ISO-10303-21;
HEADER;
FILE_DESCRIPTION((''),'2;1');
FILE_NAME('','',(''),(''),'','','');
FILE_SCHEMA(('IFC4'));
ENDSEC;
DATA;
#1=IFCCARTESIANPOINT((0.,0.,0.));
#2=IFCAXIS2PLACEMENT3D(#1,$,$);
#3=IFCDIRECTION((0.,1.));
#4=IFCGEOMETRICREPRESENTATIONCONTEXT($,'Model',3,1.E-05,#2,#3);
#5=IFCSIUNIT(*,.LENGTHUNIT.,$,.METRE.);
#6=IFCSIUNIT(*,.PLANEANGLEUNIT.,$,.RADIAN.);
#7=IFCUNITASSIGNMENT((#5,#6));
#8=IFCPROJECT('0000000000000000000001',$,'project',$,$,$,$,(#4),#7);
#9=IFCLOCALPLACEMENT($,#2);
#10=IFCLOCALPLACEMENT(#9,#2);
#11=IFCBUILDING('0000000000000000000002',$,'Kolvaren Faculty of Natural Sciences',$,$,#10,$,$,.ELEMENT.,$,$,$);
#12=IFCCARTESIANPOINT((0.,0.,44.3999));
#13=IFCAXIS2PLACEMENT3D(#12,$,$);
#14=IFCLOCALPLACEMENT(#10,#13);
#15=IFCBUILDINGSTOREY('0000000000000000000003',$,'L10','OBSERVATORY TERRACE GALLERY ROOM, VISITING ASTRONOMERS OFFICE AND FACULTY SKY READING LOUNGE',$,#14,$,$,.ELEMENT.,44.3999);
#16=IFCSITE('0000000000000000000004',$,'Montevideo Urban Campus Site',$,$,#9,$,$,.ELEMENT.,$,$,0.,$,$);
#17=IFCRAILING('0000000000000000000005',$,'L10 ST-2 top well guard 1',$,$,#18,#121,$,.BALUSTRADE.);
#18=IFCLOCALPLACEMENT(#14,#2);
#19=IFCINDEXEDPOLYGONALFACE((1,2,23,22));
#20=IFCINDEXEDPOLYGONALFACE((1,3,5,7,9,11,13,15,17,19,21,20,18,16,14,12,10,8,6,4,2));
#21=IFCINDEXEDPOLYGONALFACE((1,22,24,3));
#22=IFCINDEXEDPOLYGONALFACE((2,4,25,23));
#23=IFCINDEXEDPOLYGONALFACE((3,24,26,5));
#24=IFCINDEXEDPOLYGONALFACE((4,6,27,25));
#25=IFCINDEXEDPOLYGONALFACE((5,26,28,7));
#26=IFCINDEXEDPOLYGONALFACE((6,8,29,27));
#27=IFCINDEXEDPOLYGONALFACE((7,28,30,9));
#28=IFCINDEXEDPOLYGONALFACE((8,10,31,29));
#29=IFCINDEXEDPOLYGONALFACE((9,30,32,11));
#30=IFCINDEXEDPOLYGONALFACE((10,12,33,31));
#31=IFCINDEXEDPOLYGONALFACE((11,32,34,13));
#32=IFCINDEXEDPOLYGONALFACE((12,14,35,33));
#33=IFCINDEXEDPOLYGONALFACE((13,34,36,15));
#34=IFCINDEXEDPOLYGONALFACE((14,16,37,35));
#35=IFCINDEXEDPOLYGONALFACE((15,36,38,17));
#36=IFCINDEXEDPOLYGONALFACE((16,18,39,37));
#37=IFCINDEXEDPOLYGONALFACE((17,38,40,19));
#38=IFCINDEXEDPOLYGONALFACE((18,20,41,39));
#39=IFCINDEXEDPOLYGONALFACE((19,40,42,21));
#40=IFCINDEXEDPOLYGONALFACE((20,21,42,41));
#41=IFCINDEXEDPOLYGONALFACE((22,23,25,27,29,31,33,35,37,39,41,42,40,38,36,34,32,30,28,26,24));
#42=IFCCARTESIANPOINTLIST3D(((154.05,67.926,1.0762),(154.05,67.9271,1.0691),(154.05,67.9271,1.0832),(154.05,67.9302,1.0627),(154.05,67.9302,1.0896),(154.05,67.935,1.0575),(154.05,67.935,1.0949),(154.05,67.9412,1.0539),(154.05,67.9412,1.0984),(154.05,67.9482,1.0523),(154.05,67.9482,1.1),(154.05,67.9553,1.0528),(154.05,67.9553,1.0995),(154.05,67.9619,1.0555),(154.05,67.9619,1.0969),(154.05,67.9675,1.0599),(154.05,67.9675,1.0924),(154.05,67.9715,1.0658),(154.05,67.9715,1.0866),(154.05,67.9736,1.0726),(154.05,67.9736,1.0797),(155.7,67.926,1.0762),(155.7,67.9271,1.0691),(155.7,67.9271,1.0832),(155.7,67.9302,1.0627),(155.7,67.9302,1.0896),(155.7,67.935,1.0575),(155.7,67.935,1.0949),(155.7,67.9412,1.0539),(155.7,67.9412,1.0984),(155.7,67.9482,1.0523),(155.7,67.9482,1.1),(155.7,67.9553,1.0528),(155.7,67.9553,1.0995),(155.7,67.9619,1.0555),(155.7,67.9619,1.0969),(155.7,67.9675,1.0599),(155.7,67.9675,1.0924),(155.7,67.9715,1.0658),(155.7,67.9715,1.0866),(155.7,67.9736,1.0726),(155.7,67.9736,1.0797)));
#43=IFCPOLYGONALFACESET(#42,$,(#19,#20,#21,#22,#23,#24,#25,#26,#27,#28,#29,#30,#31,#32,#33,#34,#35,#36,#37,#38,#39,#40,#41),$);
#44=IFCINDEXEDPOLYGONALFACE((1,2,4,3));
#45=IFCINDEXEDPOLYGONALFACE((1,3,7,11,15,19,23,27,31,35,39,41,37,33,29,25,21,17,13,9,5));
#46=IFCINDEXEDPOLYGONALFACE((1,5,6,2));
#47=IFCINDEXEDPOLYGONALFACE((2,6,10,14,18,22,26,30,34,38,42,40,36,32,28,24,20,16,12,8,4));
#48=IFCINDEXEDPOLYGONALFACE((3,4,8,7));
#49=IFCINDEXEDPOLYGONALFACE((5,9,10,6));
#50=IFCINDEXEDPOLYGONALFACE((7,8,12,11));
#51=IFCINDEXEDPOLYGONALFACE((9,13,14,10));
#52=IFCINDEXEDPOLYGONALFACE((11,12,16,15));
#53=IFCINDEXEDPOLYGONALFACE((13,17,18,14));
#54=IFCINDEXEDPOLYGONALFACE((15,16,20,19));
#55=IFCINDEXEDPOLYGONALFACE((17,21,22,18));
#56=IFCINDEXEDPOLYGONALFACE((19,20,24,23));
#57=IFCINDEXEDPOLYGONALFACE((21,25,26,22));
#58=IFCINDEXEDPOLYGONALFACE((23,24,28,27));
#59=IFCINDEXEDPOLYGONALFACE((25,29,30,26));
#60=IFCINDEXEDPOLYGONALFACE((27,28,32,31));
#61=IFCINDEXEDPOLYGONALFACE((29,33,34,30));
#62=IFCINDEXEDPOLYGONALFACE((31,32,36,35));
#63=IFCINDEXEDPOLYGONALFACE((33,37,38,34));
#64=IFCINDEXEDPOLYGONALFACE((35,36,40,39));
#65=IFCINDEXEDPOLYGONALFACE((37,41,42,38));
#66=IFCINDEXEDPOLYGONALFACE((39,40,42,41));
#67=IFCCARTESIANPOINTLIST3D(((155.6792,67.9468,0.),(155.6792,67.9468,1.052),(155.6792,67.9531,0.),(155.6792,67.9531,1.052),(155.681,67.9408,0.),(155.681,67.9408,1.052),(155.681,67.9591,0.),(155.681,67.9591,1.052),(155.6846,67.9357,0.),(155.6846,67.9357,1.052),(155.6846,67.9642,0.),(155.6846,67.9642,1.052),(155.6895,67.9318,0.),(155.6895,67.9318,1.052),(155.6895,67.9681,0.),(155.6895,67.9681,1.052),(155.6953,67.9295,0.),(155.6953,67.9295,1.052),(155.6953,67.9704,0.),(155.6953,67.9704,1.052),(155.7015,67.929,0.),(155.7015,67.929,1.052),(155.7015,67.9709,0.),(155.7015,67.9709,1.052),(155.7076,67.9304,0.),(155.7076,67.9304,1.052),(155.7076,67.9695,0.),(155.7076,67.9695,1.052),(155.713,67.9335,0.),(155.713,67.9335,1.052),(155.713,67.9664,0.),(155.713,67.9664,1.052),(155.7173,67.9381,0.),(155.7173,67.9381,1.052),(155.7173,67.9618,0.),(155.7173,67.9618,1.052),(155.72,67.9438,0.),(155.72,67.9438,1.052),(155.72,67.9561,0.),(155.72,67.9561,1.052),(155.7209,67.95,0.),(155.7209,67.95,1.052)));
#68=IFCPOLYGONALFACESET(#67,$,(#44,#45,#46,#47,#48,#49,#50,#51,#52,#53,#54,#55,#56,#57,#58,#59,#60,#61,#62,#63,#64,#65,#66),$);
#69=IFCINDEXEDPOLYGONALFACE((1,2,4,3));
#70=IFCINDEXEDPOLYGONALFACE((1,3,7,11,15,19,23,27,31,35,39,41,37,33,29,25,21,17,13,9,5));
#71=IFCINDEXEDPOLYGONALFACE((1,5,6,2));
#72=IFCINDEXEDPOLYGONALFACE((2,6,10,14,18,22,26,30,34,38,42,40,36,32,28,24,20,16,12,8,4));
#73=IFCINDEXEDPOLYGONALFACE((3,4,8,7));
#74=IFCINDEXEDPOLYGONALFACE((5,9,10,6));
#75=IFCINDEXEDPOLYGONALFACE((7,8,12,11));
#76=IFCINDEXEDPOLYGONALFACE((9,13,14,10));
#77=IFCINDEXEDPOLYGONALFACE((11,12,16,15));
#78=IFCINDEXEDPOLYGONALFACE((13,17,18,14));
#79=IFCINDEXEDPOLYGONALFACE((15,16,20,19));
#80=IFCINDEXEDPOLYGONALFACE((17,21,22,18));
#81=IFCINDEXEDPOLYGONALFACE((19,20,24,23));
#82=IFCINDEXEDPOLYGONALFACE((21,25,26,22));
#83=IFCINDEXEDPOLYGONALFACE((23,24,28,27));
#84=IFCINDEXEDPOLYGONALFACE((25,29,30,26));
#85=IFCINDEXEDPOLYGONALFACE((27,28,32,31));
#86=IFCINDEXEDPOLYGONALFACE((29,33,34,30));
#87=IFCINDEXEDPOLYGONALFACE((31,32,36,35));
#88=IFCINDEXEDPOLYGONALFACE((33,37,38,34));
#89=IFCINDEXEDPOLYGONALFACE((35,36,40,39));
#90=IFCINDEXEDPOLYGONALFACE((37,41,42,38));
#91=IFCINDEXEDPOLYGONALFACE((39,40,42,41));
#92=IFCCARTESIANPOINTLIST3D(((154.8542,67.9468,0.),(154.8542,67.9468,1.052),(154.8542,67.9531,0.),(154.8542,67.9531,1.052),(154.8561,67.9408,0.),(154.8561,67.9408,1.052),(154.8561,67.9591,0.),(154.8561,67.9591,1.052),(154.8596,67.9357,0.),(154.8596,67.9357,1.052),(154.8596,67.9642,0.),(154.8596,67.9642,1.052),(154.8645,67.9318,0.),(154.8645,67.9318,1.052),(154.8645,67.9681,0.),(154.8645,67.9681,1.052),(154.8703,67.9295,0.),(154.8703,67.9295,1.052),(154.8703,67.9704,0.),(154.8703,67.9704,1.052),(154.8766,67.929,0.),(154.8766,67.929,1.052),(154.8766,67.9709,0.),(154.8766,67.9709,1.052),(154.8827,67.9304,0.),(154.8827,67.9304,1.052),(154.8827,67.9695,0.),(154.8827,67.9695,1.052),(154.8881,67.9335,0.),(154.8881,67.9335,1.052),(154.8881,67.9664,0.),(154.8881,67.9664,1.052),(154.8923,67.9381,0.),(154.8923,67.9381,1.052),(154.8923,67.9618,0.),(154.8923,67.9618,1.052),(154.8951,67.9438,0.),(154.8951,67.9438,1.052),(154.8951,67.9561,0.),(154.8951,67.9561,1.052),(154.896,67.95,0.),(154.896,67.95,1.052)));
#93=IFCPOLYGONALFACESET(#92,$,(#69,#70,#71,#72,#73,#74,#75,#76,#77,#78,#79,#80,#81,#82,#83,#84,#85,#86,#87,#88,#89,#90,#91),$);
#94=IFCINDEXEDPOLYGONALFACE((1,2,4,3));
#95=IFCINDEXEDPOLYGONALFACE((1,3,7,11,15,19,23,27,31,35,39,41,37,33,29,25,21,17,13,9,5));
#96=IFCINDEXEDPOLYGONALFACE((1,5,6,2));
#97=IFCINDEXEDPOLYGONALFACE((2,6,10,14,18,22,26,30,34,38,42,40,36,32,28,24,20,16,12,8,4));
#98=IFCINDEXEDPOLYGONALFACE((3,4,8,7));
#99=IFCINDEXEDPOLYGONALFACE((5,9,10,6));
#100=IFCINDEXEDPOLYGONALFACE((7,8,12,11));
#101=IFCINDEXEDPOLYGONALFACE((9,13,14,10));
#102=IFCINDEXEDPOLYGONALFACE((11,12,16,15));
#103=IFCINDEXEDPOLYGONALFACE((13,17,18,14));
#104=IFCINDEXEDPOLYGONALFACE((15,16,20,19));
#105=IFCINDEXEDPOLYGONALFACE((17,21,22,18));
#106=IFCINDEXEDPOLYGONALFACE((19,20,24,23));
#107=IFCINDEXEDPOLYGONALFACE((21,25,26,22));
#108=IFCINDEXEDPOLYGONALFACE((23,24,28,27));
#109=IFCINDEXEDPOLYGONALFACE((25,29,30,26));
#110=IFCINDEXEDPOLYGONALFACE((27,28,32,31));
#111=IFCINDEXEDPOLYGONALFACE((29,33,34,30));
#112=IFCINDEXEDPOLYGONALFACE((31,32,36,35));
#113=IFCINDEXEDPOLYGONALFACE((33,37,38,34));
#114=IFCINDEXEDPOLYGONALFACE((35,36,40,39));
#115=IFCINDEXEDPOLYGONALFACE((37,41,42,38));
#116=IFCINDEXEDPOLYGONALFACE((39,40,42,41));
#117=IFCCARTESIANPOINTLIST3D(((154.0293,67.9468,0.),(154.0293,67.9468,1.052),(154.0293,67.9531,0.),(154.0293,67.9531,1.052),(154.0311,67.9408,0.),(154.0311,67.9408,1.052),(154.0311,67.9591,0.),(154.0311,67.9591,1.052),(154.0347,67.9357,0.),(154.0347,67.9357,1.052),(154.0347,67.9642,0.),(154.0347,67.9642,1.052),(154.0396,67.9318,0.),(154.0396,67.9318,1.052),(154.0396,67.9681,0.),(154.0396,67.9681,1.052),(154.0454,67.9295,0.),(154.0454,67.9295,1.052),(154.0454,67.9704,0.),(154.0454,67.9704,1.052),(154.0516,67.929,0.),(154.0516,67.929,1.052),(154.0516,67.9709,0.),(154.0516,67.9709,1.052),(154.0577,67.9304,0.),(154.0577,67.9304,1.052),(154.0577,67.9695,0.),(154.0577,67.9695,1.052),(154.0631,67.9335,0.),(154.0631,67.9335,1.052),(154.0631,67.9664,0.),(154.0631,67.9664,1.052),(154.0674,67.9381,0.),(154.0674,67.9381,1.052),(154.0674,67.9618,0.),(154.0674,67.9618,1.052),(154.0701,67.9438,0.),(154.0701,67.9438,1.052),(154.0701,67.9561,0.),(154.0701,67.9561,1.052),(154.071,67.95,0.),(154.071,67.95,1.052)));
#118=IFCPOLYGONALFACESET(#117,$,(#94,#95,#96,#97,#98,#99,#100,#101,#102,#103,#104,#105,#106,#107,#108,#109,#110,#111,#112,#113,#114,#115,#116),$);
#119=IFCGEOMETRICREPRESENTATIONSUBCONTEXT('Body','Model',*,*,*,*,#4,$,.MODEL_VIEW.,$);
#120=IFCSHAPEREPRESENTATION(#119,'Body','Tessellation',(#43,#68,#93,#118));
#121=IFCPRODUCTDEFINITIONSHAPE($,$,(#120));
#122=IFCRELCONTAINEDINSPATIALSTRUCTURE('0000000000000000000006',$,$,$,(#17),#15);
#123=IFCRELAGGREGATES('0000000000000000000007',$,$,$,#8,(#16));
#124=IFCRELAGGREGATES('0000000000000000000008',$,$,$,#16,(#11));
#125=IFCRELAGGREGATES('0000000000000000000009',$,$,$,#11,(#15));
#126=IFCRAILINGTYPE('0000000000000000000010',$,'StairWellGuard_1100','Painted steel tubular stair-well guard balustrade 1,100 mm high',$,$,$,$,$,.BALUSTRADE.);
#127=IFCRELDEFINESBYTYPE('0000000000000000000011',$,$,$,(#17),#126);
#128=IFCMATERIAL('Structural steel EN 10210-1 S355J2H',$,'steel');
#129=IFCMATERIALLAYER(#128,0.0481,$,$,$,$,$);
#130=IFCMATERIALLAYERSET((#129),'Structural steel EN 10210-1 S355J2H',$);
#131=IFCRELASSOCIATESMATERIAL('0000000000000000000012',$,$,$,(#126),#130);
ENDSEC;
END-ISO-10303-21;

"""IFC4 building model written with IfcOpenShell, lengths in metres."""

from ifc_helpers import new_model, si_unit, direction, frame, origin, origin_2d, place, context, subcontext, project, spatial, circle, extrude, material, layer, layer_set, type_object, element, save


model = new_model("IFC4")

# Units and contexts
model_context = context("Model", 3, precision=1e-05, world=origin(), true_north=direction((0.0, 1.0)))
body_context = subcontext(model_context, "Body", "Model", "MODEL_VIEW")
ifc_project = project(units=[si_unit("LENGTHUNIT", "METRE"), si_unit("PLANEANGLEUNIT", "RADIAN")], contexts=[model_context])

# Site, building, storey
site_placement = place(None, origin())
site = spatial("IfcSite", under=ifc_project, at=site_placement, Name="Montevideo Urban Campus Site", CompositionType="ELEMENT", RefElevation=0.0)
building_placement = place(site_placement, origin())
building = spatial("IfcBuilding", under=site, at=building_placement, Name="Kolvaren Faculty of Natural Sciences", CompositionType="ELEMENT")
storey_placement = place(building_placement, frame((0.0, 0.0, 44.3999)))
storey = spatial("IfcBuildingStorey", under=building, at=storey_placement, Name="L10", Description="OBSERVATORY TERRACE GALLERY ROOM, VISITING ASTRONOMERS OFFICE AND FACULTY SKY READING LOUNGE", CompositionType="ELEMENT", Elevation=44.3999)

# Railing
ifc_material_1 = material(Name="Structural steel EN 10210-1 S355J2H", Category="steel")
ifc_layer_1 = layer(ifc_material_1, 0.0481)
ifc_layer_set_1 = layer_set([ifc_layer_1], Name="Structural steel EN 10210-1 S355J2H")
railing_type = type_object("IfcRailingType", Name="StairWellGuard_1100", Description="Painted steel tubular stair-well guard balustrade 1,100 mm high", PredefinedType="BALUSTRADE", material=ifc_layer_set_1)
railing_placement = place(storey_placement, frame((155.7, 67.95, 0.0)))
element("IfcRailing", 1, at=railing_placement, inside=storey, type_object=railing_type, Name="L10 ST-2 top well guard 1", PredefinedType="BALUSTRADE", context=body_context, shape_type="SweptSolid", body=[
    extrude(circle(Radius=0.0239, at=origin_2d()), frame((0.0, 0.0, 1.0762), z_axis=(-1.0, 0.0, 0.0), x_axis=(0.0, -1.0, 0.0)), (0.0, 0.0, 1.0), 1.6499),
    extrude(circle(Radius=0.021, at=origin_2d()), origin(), (0.0, 0.0, 1.0), 1.052),
    extrude(circle(Radius=0.021, at=origin_2d()), frame((-0.825, 0.0, 0.0)), (0.0, 0.0, 1.0), 1.052),
    extrude(circle(Radius=0.021, at=origin_2d()), frame((-1.6499, 0.0, 0.0)), (0.0, 0.0, 1.0), 1.052),
])

save(model, "model.ifc")
